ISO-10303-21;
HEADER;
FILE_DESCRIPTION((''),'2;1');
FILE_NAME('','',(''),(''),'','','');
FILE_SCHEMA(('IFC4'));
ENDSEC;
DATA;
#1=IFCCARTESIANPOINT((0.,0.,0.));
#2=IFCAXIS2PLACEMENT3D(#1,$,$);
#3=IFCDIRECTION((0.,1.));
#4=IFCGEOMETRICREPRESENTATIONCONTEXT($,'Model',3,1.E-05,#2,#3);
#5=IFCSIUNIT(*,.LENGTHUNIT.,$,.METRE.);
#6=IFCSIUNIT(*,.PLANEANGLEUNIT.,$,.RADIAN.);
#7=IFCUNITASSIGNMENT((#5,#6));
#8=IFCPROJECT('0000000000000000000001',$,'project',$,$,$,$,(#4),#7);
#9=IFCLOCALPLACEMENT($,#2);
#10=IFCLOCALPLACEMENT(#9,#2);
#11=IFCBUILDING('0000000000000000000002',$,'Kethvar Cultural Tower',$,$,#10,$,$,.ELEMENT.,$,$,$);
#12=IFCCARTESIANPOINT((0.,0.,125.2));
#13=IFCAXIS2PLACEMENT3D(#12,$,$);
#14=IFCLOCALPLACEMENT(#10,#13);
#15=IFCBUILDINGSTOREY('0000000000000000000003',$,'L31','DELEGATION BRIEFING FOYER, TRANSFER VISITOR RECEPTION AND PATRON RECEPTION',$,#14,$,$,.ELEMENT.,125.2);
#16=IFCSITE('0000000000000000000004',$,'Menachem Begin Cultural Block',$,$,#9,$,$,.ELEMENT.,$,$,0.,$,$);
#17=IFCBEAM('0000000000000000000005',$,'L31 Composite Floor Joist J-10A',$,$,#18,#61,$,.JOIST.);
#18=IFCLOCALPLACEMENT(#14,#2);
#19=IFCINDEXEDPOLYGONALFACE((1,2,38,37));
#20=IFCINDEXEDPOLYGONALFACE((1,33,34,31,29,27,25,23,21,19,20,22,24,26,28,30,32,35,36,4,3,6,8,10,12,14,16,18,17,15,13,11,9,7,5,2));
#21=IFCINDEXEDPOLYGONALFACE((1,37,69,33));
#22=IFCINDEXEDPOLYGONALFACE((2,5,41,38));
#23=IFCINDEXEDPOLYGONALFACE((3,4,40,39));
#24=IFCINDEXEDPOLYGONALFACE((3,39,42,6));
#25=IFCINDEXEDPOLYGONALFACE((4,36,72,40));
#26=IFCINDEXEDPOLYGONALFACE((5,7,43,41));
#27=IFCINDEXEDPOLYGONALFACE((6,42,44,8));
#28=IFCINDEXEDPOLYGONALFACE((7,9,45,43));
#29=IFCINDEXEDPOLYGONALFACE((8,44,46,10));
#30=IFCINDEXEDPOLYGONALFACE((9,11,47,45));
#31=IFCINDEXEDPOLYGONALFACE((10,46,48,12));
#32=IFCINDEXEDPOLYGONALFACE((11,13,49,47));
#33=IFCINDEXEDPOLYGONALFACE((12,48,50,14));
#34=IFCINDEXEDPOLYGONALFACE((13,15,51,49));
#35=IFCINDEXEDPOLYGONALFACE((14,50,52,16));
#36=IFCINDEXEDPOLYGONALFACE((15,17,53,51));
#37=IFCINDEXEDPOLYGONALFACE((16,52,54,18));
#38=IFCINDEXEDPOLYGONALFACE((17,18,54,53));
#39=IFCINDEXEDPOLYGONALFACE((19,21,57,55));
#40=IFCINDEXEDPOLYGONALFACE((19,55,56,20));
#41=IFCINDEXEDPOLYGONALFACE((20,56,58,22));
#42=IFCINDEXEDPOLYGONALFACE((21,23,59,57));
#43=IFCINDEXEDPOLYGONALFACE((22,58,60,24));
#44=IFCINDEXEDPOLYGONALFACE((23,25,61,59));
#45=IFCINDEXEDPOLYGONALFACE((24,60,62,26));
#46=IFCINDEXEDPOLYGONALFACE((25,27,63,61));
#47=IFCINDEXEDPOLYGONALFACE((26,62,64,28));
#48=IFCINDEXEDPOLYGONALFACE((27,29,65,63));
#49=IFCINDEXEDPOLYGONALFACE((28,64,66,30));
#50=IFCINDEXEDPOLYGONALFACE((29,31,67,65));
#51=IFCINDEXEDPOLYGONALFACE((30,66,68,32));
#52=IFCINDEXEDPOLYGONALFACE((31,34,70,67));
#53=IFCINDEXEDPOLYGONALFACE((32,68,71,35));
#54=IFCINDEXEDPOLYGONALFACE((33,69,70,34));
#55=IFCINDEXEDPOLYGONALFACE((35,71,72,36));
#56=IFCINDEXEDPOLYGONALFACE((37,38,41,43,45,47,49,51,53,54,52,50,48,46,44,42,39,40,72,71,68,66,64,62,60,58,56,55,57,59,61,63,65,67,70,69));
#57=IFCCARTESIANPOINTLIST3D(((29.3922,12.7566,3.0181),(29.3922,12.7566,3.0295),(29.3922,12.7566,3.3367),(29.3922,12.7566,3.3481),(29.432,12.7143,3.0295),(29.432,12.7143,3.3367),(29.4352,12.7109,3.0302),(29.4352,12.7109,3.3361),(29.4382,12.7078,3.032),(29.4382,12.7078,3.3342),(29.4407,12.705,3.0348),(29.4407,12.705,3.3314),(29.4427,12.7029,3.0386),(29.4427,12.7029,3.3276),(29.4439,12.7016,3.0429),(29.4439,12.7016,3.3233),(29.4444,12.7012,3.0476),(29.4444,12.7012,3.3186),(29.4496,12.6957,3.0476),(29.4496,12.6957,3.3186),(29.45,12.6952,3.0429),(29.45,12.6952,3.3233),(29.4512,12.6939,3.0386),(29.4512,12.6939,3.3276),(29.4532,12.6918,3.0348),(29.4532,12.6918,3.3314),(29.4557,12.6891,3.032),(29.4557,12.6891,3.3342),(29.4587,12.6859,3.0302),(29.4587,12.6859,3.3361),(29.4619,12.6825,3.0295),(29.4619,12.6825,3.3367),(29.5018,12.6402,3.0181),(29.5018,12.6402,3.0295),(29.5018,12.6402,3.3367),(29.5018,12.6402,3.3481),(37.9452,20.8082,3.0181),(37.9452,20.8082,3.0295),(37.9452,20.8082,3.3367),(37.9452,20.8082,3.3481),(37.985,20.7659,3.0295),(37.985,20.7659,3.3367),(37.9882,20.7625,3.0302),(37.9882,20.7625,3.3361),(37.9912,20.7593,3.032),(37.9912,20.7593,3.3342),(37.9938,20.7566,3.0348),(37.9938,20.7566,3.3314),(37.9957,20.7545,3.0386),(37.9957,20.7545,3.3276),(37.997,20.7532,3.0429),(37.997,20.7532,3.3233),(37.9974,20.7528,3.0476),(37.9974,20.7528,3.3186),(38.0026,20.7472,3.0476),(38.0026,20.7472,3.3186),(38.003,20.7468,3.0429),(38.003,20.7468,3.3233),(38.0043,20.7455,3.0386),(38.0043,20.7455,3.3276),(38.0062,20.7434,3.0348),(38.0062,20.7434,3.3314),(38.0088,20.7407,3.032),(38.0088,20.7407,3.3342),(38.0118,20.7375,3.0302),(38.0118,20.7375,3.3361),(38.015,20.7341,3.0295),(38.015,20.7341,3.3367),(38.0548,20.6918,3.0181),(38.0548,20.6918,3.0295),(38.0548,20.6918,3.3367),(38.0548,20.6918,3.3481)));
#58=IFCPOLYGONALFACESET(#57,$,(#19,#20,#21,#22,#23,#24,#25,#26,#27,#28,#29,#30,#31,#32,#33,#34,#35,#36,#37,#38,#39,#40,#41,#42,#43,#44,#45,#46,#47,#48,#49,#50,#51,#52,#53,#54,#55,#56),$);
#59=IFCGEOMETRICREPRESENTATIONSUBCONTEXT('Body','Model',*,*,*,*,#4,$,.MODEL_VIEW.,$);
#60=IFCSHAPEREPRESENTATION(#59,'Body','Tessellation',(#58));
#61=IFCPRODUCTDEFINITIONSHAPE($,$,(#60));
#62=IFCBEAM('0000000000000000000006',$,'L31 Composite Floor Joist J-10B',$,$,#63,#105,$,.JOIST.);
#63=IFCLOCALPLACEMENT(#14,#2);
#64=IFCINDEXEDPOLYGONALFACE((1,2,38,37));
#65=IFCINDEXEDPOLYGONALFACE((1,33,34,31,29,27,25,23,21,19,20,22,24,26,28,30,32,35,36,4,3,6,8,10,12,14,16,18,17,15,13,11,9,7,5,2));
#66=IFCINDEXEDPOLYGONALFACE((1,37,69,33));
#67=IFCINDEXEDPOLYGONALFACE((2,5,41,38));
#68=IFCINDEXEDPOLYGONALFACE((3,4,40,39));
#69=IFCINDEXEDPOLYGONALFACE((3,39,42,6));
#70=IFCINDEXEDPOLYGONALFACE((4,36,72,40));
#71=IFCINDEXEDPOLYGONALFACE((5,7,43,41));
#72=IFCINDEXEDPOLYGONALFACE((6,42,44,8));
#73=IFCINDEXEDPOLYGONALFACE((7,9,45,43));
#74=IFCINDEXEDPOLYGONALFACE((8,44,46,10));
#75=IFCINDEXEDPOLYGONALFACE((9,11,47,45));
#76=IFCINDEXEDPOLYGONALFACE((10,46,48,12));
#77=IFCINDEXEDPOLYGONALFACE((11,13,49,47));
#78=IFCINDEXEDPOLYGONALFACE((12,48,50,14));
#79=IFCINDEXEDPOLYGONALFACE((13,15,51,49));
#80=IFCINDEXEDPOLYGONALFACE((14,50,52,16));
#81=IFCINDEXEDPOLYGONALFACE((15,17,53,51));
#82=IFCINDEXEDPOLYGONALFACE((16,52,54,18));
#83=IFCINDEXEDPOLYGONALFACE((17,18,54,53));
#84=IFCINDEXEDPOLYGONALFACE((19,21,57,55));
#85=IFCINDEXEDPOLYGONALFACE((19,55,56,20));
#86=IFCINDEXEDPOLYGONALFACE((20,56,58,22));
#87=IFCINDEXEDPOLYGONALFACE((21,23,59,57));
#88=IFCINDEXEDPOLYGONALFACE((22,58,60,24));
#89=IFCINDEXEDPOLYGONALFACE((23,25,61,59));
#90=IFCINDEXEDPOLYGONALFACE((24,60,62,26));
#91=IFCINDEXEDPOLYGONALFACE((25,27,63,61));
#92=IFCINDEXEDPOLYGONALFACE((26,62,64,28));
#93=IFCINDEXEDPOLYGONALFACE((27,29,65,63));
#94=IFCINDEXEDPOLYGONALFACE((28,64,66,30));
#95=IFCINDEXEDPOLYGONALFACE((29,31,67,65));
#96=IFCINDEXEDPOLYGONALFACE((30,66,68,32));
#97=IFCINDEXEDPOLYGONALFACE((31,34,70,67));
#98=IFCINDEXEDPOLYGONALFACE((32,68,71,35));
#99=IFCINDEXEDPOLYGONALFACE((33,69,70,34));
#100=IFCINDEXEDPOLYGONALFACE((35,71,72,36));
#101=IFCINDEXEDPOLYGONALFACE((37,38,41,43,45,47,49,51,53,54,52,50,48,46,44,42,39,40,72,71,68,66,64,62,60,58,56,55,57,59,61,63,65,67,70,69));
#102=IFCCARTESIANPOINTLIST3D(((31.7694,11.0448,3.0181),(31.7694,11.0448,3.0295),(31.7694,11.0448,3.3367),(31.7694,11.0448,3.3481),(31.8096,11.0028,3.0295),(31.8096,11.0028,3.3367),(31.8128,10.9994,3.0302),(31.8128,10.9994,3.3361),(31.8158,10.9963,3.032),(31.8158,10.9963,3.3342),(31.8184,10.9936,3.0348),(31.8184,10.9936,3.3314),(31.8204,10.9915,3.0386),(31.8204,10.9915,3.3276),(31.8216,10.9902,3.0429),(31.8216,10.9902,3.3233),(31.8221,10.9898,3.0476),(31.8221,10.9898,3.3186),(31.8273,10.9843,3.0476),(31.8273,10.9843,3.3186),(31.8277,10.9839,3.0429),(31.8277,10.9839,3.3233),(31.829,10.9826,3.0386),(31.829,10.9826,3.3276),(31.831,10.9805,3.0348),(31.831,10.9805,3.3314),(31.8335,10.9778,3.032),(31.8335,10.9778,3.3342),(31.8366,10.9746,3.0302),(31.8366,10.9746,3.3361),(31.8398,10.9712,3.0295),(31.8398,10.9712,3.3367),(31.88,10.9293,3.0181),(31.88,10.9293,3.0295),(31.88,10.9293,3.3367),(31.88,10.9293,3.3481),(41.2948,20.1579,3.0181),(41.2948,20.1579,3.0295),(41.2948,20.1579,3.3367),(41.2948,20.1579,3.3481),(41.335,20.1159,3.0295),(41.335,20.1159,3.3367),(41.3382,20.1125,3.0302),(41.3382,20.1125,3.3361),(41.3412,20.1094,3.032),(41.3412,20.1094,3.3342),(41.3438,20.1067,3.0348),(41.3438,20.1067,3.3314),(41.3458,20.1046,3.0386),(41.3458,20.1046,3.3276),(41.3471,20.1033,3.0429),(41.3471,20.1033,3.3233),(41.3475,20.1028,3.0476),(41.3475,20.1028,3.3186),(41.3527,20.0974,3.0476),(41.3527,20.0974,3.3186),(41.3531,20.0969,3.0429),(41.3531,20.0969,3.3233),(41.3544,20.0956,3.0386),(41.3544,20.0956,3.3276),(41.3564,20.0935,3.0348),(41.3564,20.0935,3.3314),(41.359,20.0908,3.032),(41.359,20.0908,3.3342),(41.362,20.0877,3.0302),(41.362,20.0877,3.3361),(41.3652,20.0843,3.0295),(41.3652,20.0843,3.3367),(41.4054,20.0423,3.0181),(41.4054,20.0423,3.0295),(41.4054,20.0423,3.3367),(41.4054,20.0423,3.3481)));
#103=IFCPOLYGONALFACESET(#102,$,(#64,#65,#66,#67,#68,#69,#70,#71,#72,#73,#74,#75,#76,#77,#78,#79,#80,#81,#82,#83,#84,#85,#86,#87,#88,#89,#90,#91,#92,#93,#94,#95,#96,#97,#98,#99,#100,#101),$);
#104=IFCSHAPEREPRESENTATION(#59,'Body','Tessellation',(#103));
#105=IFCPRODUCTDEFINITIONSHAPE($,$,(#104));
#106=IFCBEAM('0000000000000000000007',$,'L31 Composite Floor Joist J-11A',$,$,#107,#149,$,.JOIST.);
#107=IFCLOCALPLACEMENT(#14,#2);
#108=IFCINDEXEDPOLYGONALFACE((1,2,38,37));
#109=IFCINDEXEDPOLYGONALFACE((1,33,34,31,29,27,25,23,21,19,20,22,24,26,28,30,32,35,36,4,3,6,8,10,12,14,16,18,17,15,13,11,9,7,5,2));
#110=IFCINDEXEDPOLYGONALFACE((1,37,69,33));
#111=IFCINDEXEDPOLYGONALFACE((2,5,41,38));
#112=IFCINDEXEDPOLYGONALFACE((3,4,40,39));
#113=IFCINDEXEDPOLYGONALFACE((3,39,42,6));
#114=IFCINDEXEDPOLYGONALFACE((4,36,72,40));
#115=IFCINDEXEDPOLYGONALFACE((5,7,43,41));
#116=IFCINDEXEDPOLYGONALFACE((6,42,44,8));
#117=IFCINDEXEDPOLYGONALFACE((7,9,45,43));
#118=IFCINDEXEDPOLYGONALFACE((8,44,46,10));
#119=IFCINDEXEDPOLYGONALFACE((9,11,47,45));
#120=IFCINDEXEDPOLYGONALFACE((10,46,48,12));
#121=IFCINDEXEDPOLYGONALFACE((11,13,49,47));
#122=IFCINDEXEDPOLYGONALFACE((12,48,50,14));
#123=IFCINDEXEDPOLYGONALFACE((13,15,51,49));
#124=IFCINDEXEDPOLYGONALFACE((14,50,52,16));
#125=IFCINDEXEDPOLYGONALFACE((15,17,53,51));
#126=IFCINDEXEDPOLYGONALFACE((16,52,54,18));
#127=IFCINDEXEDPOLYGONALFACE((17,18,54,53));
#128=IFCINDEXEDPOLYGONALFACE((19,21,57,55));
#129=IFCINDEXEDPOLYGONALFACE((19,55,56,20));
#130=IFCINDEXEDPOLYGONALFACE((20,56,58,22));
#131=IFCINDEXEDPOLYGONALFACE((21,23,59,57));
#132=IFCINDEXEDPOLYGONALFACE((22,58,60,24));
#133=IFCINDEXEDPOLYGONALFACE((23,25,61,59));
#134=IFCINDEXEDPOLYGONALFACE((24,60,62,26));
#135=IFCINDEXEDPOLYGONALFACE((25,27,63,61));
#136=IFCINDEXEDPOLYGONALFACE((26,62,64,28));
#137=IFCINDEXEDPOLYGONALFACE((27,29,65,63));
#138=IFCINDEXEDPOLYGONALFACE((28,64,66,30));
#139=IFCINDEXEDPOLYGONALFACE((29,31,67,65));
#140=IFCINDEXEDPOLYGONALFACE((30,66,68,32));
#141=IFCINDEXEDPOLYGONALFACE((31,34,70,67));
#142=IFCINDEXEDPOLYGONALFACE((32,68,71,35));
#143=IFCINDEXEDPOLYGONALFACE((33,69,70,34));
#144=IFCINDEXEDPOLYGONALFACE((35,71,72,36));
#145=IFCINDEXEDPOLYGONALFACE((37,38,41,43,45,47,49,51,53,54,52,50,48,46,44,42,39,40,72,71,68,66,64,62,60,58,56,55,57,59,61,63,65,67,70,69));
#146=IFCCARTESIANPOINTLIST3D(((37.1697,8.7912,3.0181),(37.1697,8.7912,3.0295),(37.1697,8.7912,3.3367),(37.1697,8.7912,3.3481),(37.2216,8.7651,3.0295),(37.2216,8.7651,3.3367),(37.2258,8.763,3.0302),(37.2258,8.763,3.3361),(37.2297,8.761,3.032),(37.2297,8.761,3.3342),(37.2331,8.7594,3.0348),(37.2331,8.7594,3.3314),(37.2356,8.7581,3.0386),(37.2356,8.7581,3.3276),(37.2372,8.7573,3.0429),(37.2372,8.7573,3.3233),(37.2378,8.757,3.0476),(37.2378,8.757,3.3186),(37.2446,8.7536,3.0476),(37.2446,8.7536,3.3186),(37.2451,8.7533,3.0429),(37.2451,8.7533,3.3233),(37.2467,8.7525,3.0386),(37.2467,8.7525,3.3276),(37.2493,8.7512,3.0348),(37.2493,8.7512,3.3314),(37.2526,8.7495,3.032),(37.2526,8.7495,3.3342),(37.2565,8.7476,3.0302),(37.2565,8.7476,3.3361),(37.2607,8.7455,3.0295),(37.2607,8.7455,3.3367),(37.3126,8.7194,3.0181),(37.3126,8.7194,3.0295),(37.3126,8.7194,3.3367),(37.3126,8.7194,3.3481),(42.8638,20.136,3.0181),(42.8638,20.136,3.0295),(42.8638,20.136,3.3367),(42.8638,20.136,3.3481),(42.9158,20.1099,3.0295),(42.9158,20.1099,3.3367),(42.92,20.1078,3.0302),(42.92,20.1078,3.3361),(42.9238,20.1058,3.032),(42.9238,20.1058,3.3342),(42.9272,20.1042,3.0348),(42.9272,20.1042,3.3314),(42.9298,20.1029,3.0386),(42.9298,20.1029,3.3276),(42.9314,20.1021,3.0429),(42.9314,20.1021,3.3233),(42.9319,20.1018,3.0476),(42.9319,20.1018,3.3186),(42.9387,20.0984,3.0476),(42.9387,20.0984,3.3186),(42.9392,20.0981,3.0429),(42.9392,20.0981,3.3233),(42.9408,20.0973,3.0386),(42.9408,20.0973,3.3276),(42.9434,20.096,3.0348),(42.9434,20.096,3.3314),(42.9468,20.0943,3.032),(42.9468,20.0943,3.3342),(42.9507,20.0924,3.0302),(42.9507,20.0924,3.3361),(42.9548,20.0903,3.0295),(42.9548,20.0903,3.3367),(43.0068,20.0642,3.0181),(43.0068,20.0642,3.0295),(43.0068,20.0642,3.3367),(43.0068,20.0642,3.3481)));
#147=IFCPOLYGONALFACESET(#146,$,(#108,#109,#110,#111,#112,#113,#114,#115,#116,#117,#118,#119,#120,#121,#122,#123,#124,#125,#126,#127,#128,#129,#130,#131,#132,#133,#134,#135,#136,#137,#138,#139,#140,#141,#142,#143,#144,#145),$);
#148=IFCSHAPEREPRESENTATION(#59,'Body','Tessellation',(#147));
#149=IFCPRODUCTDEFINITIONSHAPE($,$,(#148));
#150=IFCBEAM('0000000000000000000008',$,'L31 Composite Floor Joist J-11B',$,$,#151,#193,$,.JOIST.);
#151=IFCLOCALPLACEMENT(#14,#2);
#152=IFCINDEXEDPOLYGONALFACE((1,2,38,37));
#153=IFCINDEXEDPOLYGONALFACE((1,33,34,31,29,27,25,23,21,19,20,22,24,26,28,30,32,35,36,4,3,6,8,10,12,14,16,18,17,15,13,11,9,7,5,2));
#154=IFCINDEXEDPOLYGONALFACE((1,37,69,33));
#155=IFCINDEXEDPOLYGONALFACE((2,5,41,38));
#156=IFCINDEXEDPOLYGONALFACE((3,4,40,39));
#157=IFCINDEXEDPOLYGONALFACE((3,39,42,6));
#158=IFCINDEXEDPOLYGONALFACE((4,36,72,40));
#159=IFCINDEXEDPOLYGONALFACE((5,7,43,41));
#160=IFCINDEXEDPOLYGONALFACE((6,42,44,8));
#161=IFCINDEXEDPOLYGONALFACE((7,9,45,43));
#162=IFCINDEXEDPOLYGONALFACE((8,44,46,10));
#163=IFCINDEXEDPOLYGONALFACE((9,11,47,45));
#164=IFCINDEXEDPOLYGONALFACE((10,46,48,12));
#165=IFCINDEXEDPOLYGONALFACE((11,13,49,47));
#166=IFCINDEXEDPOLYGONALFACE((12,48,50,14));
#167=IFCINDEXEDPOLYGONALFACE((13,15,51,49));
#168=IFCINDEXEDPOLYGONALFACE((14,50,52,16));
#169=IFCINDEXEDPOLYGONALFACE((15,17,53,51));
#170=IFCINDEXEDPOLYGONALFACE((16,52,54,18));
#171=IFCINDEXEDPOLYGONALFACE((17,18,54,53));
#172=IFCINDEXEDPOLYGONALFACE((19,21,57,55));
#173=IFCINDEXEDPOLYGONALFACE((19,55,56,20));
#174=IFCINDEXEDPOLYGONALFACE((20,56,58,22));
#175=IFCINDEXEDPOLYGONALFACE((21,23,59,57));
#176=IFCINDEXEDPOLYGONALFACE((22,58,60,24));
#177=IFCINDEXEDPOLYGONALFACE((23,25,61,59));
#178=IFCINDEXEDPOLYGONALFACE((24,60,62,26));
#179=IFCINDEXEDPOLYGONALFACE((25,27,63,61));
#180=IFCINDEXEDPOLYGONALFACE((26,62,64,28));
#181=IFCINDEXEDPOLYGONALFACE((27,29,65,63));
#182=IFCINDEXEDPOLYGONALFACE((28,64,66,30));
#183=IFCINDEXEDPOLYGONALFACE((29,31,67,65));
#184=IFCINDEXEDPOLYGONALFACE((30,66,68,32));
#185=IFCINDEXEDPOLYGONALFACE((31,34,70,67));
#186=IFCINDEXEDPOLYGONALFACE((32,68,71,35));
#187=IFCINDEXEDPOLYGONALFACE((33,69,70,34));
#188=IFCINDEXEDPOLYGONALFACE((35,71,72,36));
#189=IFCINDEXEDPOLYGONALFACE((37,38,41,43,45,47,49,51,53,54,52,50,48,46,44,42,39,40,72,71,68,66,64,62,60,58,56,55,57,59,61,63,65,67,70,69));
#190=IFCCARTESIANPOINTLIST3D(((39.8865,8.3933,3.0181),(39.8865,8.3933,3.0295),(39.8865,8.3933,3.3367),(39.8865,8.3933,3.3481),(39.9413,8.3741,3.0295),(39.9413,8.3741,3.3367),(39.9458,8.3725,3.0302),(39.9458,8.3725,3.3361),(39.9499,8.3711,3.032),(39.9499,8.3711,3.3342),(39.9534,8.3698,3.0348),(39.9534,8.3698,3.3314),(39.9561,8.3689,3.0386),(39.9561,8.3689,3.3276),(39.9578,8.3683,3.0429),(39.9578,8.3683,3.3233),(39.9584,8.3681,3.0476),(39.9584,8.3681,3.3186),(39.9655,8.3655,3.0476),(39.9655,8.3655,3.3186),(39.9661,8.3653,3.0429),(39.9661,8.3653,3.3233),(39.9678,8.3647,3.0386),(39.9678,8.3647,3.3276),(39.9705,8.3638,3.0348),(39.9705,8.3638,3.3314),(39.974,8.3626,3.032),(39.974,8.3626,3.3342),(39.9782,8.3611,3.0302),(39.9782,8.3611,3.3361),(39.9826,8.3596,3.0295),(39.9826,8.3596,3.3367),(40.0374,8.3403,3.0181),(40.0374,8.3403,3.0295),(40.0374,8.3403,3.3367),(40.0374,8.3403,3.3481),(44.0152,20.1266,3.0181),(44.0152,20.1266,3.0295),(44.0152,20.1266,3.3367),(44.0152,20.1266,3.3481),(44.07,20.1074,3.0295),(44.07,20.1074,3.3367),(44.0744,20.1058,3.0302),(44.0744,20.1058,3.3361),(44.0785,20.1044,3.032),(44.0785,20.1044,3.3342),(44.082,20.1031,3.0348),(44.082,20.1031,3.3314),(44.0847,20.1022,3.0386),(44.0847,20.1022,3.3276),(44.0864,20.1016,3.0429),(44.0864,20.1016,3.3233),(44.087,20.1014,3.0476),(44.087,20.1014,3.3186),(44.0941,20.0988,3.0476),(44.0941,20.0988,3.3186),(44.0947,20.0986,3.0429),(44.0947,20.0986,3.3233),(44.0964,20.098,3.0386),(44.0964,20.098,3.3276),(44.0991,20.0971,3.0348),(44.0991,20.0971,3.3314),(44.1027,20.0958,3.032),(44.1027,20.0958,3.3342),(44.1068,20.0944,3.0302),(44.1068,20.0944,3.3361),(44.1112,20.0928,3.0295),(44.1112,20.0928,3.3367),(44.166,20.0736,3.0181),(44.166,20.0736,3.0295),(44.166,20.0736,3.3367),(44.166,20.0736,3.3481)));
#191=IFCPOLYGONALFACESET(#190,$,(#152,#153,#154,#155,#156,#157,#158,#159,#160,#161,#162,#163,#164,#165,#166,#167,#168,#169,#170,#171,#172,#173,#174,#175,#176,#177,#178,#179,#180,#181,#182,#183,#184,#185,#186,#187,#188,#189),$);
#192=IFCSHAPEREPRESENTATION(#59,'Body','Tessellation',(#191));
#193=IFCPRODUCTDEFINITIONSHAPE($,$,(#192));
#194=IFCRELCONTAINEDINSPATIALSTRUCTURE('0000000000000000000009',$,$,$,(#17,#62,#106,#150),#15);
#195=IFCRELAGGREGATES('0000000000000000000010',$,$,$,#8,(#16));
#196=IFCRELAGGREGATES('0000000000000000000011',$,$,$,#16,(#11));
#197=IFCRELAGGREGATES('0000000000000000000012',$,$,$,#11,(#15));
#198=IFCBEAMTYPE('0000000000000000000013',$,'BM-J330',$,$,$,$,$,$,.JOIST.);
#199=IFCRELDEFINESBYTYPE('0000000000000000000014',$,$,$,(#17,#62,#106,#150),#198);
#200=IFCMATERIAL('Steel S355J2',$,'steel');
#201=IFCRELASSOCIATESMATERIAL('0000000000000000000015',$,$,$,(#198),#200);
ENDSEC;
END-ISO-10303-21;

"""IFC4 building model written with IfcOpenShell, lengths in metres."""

from ifc_helpers import new_model, si_unit, direction, frame, origin, origin_2d, place, context, subcontext, project, spatial, i_section, extrude, source, transform, mapped, material, material_profile, profile_set, type_object, element, save


model = new_model("IFC4")

# Units and contexts
model_context = context("Model", 3, precision=1e-05, world=origin(), true_north=direction((0.0, 1.0)))
body_context = subcontext(model_context, "Body", "Model", "MODEL_VIEW")
ifc_project = project(units=[si_unit("LENGTHUNIT", "METRE"), si_unit("PLANEANGLEUNIT", "RADIAN")], contexts=[model_context])

# Site, building, storey
site_placement = place(None, origin())
site = spatial("IfcSite", under=ifc_project, at=site_placement, Name="Menachem Begin Cultural Block", CompositionType="ELEMENT", RefElevation=0.0)
building_placement = place(site_placement, origin())
building = spatial("IfcBuilding", under=site, at=building_placement, Name="Kethvar Cultural Tower", CompositionType="ELEMENT")
storey_placement = place(building_placement, frame((0.0, 0.0, 125.2)))
storey = spatial("IfcBuildingStorey", under=building, at=storey_placement, Name="L31", Description="DELEGATION BRIEFING FOYER, TRANSFER VISITOR RECEPTION AND PATRON RECEPTION", CompositionType="ELEMENT", Elevation=125.2)

# Beams
ifc_material_1 = material(Name="Steel S355J2", Category="steel")
ifc_material_profile_1 = material_profile(ifc_material_1, i_section(OverallWidth=0.1599, OverallDepth=0.3301, WebThickness=0.0076, FlangeThickness=0.0115, FilletRadius=0.0181, at=origin_2d()), Name="Steel S355J2 — IPE330")
ifc_profile_set_1 = profile_set([ifc_material_profile_1], Name="Steel S355J2 — IPE330")
beam_type_1 = type_object("IfcBeamType", Name="BM-J330", PredefinedType="JOIST", material=ifc_profile_set_1)
shared_shape_1 = source(origin(), body_context, "Body", "SweptSolid", [
    extrude(i_section(OverallWidth=0.1599, OverallDepth=0.3301, WebThickness=0.0076, FlangeThickness=0.0115, FilletRadius=0.0181, at=origin_2d()), origin(), (0.0, 0.0, 1.0), 11.7466),
])
beam_1_placement = place(storey_placement, frame((38.0, 20.75, 3.1831), z_axis=(-0.72813, -0.685439, 0.0), x_axis=(0.685439, -0.72813, 0.0)))
element("IfcBeam", 1, at=beam_1_placement, inside=storey, type_object=beam_type_1, Name="L31 Composite Floor Joist J-10A", PredefinedType="JOIST", context=body_context, shape_type="MappedRepresentation", body=[
    mapped(shared_shape_1, transform((0.0, 0.0, 0.0), scale=1.0)),
])
shared_shape_2 = source(origin(), body_context, "Body", "SweptSolid", [
    extrude(i_section(OverallWidth=0.1599, OverallDepth=0.3301, WebThickness=0.0076, FlangeThickness=0.0115, FilletRadius=0.0181, at=origin_2d()), origin(), (0.0, 0.0, 1.0), 13.1826),
])
beam_2_placement = place(storey_placement, frame((41.3501, 20.1001, 3.1831), z_axis=(-0.722574, -0.691294, 0.0), x_axis=(0.691294, -0.722574, 0.0)))
element("IfcBeam", 2, at=beam_2_placement, inside=storey, type_object=beam_type_1, Name="L31 Composite Floor Joist J-10B", PredefinedType="JOIST", context=body_context, shape_type="MappedRepresentation", body=[
    mapped(shared_shape_2, transform((0.0, 0.0, 0.0), scale=1.0)),
])
shared_shape_3 = source(origin(), body_context, "Body", "SweptSolid", [
    extrude(i_section(OverallWidth=0.1599, OverallDepth=0.3301, WebThickness=0.0076, FlangeThickness=0.0115, FilletRadius=0.0181, at=origin_2d()), origin(), (0.0, 0.0, 1.0), 12.6936),
])
beam_3_placement = place(storey_placement, frame((42.9353, 20.1001, 3.1831), z_axis=(-0.448582, -0.893741, 0.0), x_axis=(0.893741, -0.448582, 0.0)))
element("IfcBeam", 3, at=beam_3_placement, inside=storey, type_object=beam_type_1, Name="L31 Composite Floor Joist J-11A", PredefinedType="JOIST", context=body_context, shape_type="MappedRepresentation", body=[
    mapped(shared_shape_3, transform((0.0, 0.0, 0.0), scale=1.0)),
])
shared_shape_4 = source(origin(), body_context, "Body", "SweptSolid", [
    extrude(i_section(OverallWidth=0.1599, OverallDepth=0.3301, WebThickness=0.0076, FlangeThickness=0.0115, FilletRadius=0.0181, at=origin_2d()), origin(), (0.0, 0.0, 1.0), 12.4385),
])
beam_4_placement = place(storey_placement, frame((44.0906, 20.1001, 3.1831), z_axis=(-0.331924, -0.943306, 0.0), x_axis=(0.943306, -0.331924, 0.0)))
element("IfcBeam", 4, at=beam_4_placement, inside=storey, type_object=beam_type_1, Name="L31 Composite Floor Joist J-11B", PredefinedType="JOIST", context=body_context, shape_type="MappedRepresentation", body=[
    mapped(shared_shape_4, transform((0.0, 0.0, 0.0), scale=1.0)),
])

save(model, "model.ifc")
